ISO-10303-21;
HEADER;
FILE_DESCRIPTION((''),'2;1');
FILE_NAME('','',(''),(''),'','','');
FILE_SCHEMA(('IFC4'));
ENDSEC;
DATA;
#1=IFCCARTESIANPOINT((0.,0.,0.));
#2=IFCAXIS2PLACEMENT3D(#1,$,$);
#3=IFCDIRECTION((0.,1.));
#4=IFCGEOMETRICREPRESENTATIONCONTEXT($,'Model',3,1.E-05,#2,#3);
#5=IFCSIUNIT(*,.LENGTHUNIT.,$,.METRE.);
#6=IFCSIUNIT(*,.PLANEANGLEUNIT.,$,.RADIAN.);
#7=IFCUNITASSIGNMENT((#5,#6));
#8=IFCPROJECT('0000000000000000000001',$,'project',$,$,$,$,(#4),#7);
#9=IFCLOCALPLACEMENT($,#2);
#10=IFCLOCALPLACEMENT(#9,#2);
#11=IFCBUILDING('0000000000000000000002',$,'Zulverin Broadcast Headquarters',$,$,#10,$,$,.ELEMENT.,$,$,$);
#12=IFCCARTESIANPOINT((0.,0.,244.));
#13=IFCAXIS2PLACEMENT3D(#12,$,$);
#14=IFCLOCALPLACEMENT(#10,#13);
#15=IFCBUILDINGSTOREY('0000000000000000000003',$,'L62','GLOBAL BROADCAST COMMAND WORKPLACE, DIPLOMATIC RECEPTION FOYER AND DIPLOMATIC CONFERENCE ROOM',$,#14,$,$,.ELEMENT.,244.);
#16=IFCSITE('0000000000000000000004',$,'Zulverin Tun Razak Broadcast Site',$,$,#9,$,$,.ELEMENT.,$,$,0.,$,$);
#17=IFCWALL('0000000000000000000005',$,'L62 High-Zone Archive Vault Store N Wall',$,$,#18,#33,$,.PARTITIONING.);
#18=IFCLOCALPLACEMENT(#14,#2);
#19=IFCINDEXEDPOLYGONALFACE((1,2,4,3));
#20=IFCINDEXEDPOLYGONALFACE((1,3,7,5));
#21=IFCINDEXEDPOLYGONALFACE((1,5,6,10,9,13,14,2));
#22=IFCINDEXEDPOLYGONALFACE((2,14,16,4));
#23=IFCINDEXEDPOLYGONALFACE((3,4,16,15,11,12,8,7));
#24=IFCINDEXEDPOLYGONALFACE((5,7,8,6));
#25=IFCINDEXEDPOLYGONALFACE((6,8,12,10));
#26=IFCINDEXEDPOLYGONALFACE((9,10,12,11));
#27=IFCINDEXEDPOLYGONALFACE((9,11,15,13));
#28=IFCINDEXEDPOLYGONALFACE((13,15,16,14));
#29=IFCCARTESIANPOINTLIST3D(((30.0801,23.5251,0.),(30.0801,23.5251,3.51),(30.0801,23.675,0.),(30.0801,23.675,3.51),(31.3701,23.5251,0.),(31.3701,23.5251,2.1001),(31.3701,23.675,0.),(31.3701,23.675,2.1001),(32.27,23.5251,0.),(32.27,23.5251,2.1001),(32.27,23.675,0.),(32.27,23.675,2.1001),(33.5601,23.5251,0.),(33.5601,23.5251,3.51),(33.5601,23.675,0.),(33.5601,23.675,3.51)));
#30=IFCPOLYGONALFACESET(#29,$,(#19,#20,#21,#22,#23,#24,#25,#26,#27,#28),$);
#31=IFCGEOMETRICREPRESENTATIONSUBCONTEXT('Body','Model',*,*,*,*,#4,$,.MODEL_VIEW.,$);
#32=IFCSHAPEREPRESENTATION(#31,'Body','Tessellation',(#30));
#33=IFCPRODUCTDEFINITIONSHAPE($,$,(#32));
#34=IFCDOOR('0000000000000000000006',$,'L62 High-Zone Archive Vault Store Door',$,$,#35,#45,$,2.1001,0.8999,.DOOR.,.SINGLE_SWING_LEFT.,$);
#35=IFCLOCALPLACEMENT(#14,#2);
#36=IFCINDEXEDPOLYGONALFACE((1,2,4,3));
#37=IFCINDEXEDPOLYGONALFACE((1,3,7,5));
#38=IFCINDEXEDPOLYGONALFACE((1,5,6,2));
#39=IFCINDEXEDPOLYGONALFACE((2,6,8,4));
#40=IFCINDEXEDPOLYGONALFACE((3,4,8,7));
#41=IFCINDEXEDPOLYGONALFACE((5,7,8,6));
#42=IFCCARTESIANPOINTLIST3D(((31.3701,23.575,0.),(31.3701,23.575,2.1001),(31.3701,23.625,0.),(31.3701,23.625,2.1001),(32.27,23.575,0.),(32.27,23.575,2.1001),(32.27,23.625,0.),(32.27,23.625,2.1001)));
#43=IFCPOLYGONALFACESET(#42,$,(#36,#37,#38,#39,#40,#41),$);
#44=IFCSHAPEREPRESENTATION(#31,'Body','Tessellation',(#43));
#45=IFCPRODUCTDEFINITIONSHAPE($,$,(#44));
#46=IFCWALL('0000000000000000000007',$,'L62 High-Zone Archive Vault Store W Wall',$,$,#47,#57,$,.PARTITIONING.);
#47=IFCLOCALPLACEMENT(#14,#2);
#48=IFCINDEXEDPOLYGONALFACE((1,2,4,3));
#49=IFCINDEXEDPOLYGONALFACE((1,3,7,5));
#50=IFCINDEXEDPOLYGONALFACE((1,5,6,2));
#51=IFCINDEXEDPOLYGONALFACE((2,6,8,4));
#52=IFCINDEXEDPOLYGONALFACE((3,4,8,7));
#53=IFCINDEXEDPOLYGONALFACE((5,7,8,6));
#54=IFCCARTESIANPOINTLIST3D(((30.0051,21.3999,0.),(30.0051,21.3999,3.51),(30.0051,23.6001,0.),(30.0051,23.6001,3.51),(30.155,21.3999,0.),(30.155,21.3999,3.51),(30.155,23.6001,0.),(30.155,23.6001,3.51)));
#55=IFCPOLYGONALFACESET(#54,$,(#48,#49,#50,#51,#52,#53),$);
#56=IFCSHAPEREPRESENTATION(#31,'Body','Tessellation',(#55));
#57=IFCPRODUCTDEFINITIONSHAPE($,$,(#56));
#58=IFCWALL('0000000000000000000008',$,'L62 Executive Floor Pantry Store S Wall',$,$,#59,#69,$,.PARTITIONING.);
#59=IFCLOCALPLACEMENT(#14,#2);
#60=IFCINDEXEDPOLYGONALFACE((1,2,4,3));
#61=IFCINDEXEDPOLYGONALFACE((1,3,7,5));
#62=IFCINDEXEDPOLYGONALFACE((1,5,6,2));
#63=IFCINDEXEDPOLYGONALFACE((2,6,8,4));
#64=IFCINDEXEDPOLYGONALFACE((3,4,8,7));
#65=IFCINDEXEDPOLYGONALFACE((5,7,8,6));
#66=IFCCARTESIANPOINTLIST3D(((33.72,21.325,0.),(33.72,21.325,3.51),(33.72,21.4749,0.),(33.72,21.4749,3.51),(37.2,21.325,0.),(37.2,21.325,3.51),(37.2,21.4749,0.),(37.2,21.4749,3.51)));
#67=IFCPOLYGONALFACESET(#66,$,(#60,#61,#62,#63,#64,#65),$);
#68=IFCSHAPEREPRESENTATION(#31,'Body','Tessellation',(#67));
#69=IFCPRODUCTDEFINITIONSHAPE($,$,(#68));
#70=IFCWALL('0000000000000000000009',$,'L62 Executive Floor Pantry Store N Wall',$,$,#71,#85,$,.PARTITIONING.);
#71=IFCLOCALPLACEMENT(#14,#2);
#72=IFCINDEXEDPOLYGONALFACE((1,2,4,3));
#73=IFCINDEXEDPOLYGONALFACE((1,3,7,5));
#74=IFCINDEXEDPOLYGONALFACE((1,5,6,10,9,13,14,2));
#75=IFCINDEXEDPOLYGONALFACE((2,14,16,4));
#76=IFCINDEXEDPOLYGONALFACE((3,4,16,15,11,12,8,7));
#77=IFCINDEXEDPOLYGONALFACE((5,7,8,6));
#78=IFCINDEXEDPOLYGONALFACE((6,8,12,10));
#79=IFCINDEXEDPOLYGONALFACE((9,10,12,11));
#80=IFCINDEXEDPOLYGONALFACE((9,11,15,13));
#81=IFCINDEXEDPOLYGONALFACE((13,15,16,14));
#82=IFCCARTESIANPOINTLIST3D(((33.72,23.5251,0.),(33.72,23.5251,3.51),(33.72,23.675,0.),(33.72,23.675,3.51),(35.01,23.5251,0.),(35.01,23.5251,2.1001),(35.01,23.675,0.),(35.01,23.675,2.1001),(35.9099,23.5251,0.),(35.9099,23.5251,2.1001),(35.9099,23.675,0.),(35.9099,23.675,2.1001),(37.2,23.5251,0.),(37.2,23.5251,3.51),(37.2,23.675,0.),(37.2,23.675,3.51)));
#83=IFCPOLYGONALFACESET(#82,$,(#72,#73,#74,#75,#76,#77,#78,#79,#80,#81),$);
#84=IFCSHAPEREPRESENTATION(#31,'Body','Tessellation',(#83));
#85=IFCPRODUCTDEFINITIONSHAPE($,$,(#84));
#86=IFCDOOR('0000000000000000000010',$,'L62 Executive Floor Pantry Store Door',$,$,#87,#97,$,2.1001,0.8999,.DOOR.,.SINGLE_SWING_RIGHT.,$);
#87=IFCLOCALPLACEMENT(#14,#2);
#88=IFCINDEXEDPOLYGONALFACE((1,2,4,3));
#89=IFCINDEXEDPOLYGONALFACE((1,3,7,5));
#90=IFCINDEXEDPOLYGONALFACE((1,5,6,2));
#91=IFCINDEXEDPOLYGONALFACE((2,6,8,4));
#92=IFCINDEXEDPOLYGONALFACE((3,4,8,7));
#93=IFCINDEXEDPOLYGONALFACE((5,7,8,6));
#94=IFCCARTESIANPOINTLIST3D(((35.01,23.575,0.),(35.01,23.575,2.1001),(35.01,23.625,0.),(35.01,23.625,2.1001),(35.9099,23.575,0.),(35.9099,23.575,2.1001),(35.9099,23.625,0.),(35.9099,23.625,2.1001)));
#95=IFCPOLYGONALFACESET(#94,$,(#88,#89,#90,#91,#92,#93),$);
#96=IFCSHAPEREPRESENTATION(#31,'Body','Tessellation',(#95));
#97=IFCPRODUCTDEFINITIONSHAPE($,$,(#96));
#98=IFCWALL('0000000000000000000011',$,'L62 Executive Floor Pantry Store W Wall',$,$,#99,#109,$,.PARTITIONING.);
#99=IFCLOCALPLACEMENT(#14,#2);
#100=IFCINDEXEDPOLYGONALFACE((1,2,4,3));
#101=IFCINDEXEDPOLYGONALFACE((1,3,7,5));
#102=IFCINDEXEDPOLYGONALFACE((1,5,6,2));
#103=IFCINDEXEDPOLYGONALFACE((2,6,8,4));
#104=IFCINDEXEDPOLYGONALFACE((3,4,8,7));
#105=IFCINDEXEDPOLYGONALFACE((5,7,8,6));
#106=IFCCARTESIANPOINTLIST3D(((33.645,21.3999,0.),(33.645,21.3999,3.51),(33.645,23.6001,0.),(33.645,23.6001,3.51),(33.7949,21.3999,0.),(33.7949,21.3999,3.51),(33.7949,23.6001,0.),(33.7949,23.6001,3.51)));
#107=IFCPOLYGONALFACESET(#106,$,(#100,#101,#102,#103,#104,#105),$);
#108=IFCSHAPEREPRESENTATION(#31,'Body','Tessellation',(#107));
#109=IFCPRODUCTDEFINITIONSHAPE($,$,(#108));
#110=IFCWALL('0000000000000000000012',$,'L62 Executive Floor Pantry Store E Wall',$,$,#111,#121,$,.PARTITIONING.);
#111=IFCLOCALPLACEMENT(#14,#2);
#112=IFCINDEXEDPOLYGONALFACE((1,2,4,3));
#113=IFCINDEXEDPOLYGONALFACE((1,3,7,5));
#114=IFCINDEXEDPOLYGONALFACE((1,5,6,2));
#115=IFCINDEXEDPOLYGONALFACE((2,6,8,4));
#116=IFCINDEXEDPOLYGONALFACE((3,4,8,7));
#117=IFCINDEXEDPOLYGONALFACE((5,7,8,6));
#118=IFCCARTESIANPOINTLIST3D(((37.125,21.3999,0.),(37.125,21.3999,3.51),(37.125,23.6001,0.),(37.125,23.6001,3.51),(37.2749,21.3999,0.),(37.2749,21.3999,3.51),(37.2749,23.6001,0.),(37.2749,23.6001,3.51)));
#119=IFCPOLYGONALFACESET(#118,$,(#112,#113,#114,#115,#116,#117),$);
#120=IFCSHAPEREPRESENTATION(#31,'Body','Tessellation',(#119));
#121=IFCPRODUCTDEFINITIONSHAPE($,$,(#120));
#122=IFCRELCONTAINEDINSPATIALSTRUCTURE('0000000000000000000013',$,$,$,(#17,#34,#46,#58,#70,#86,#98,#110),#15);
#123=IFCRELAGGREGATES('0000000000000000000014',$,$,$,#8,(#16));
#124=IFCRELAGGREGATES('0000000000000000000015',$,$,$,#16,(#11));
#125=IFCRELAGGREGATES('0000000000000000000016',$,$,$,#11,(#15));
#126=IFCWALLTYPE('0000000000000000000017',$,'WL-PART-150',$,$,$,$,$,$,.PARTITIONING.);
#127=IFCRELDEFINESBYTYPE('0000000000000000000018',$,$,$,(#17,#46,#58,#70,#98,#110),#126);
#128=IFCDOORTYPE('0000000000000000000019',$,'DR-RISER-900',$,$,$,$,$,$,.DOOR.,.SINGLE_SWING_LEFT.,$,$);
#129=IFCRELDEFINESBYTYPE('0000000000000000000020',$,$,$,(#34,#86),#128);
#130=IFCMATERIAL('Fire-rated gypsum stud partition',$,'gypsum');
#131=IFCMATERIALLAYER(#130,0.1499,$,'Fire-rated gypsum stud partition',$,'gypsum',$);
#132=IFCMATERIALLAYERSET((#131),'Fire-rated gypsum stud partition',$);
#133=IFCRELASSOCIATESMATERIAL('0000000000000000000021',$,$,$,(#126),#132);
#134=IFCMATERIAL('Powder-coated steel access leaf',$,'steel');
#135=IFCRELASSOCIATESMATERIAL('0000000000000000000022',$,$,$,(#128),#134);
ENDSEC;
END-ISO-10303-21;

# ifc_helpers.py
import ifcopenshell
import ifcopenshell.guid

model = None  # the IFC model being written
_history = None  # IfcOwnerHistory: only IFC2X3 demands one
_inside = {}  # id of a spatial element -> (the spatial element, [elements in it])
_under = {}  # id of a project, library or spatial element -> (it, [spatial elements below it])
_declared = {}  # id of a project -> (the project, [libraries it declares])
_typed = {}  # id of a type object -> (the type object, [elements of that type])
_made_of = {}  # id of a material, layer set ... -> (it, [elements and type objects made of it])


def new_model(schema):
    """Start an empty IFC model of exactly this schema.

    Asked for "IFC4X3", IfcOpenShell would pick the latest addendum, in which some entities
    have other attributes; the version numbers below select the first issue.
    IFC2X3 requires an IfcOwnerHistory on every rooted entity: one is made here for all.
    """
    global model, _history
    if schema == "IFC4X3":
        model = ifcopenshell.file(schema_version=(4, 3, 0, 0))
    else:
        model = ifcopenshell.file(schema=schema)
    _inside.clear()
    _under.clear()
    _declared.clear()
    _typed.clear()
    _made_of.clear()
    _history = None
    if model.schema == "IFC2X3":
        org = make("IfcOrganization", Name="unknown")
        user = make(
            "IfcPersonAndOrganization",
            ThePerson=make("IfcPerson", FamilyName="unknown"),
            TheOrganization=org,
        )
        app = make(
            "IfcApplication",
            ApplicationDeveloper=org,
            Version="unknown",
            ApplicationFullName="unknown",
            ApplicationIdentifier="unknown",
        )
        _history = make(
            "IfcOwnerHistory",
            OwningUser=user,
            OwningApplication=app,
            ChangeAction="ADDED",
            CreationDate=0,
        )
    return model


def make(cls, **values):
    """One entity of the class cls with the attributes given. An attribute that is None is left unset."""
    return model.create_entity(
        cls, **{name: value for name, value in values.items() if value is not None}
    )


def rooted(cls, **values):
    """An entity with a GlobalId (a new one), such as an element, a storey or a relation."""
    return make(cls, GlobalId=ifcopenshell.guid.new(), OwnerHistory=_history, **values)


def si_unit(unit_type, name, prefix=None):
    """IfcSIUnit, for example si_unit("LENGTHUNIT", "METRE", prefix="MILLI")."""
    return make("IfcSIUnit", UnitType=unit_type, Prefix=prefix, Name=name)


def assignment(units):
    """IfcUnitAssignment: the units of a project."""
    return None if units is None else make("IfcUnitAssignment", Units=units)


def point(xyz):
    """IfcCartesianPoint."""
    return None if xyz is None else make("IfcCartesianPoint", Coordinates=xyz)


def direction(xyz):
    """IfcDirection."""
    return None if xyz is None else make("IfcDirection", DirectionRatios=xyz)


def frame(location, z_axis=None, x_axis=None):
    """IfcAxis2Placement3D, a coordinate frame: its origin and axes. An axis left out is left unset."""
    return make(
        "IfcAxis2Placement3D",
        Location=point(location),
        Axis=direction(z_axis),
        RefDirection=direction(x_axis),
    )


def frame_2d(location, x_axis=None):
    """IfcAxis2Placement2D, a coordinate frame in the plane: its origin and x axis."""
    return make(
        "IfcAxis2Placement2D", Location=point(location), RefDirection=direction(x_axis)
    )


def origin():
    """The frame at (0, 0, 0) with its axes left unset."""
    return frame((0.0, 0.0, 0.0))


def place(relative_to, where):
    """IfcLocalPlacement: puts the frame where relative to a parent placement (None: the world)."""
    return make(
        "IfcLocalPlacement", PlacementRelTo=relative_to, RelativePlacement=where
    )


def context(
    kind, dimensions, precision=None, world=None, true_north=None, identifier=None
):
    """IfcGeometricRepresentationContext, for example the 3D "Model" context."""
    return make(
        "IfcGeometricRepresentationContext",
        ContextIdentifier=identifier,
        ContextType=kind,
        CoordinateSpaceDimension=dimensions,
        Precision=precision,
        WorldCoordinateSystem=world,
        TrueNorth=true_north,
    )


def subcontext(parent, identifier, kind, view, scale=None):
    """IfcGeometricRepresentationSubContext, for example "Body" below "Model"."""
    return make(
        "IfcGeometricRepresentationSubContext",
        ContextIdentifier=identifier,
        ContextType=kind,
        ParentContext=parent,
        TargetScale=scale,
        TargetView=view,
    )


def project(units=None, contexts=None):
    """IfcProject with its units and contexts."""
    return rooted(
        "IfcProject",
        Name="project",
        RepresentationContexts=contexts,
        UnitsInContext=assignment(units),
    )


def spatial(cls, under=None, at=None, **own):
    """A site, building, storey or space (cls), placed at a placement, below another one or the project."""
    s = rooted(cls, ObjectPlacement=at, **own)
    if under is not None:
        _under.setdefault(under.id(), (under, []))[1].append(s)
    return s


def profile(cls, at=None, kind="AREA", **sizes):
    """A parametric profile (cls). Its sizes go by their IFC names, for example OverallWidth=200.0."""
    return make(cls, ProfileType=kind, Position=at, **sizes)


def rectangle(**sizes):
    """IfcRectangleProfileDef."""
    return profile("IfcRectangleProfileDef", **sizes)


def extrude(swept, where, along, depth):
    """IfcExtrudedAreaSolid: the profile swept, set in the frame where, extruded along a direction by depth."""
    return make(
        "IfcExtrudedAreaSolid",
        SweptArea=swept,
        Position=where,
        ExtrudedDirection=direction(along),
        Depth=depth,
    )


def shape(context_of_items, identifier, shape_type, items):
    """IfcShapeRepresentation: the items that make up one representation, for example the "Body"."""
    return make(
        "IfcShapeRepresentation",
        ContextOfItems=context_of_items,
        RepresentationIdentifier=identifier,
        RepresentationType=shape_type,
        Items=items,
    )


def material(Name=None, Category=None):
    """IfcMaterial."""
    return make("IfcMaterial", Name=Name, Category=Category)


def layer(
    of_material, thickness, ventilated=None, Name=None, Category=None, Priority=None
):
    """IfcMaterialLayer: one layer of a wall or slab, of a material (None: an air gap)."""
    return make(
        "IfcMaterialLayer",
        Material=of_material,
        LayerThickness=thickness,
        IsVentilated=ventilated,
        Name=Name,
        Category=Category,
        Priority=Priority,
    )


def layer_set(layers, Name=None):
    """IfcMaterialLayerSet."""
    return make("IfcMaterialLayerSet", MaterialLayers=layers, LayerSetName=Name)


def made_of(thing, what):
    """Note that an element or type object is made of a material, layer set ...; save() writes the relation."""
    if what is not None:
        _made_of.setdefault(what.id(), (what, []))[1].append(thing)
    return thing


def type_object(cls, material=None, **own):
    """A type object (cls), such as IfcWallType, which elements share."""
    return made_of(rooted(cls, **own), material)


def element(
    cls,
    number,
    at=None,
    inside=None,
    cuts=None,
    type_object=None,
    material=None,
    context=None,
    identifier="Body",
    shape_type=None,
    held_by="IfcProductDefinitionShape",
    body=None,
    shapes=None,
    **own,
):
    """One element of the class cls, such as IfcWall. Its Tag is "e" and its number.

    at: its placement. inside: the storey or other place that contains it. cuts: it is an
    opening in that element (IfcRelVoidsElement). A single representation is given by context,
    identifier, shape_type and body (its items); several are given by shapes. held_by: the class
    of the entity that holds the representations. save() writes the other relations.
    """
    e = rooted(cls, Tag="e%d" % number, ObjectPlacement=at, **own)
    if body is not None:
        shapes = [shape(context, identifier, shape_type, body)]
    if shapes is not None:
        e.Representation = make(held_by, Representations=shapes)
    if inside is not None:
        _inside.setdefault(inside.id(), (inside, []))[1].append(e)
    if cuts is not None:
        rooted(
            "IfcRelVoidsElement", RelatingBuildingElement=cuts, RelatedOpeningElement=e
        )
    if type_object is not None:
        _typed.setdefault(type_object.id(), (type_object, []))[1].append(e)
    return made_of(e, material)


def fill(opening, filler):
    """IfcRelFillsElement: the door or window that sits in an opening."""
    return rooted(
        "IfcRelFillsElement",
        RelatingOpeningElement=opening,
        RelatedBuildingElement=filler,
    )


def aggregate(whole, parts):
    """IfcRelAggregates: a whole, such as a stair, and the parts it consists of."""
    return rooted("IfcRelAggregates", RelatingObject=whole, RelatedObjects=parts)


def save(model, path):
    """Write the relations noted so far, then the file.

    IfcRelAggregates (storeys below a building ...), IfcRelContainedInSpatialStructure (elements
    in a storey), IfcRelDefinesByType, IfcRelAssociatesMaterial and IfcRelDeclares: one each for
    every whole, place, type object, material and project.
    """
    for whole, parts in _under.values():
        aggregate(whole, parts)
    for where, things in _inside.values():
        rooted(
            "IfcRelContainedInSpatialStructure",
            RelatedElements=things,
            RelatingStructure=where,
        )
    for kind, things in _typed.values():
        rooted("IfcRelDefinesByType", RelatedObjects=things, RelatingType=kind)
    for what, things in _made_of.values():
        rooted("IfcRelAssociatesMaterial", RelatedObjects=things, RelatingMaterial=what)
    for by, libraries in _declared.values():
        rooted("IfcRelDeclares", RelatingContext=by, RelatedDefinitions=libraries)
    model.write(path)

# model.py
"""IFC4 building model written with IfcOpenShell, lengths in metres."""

from ifc_helpers import new_model, si_unit, direction, frame, frame_2d, origin, place, context, subcontext, project, spatial, rectangle, extrude, material, layer, layer_set, type_object, element, fill, save


model = new_model("IFC4")

# Units and contexts
model_context = context("Model", 3, precision=1e-05, world=origin(), true_north=direction((0.0, 1.0)))
body_context = subcontext(model_context, "Body", "Model", "MODEL_VIEW")
ifc_project = project(units=[si_unit("LENGTHUNIT", "METRE"), si_unit("PLANEANGLEUNIT", "RADIAN")], contexts=[model_context])

# Site, building, storey
site_placement = place(None, origin())
site = spatial("IfcSite", under=ifc_project, at=site_placement, Name="Zulverin Tun Razak Broadcast Site", CompositionType="ELEMENT", RefElevation=0.0)
building_placement = place(site_placement, origin())
building = spatial("IfcBuilding", under=site, at=building_placement, Name="Zulverin Broadcast Headquarters", CompositionType="ELEMENT")
storey_placement = place(building_placement, frame((0.0, 0.0, 244.0)))
storey = spatial("IfcBuildingStorey", under=building, at=storey_placement, Name="L62", Description="GLOBAL BROADCAST COMMAND WORKPLACE, DIPLOMATIC RECEPTION FOYER AND DIPLOMATIC CONFERENCE ROOM", CompositionType="ELEMENT", Elevation=244.0)

# Shared definitions
ifc_material_1 = material(Name="Fire-rated gypsum stud partition", Category="gypsum")
ifc_layer = layer(ifc_material_1, 0.1499, Name="Fire-rated gypsum stud partition", Category="gypsum")
ifc_layer_set = layer_set([ifc_layer], Name="Fire-rated gypsum stud partition")
wall_type = type_object("IfcWallType", Name="WL-PART-150", PredefinedType="PARTITIONING", material=ifc_layer_set)

# Shared definitions
ifc_material_2 = material(Name="Powder-coated steel access leaf", Category="steel")
door_type_1 = type_object("IfcDoorType", Name="DR-RISER-900", OperationType="SINGLE_SWING_LEFT", PredefinedType="DOOR", material=ifc_material_2)

# Wall, opening, door
wall_1_placement = place(storey_placement, frame((30.0801, 23.6001, 0.0), z_axis=(0.0, 0.0, 1.0), x_axis=(1.0, 0.0, 0.0)))
wall_1 = element("IfcWall", 1, at=wall_1_placement, inside=storey, type_object=wall_type, Name="L62 High-Zone Archive Vault Store N Wall", PredefinedType="PARTITIONING", context=body_context, shape_type="SweptSolid", body=[
    extrude(rectangle(XDim=3.48, YDim=0.1499, at=frame_2d((1.74, 0.0))), origin(), (0.0, 0.0, 1.0), 3.51),
])
opening_1_placement = place(wall_1_placement, frame((1.29, 0.0, 0.0)))
opening_1 = element("IfcOpeningElement", 2, at=opening_1_placement, cuts=wall_1, PredefinedType="OPENING", context=body_context, shape_type="SweptSolid", body=[
    extrude(rectangle(XDim=0.8999, YDim=2.1001, at=frame_2d((0.45, 1.05))), frame((0.0, 0.085, 0.0), z_axis=(0.0, -1.0, 0.0), x_axis=(1.0, 0.0, 0.0)), (0.0, 0.0, 1.0), 0.1699),
])
door_1_placement = place(opening_1_placement, origin())
door_1 = element("IfcDoor", 3, at=door_1_placement, inside=storey, type_object=door_type_1, Name="L62 High-Zone Archive Vault Store Door", OperationType="SINGLE_SWING_LEFT", OverallHeight=2.1001, OverallWidth=0.8999, PredefinedType="DOOR", context=body_context, shape_type="SweptSolid", body=[
    extrude(rectangle(XDim=0.8999, YDim=2.1001, at=frame_2d((0.45, 1.05))), frame((0.0, 0.0249, 0.0), z_axis=(0.0, -1.0, 0.0), x_axis=(1.0, 0.0, 0.0)), (0.0, 0.0, 1.0), 0.05),
])
fill(opening_1, door_1)

# Walls
wall_2_placement = place(storey_placement, frame((30.0801, 21.3999, 0.0), z_axis=(0.0, 0.0, 1.0), x_axis=(0.0, 1.0, 0.0)))
element("IfcWall", 4, at=wall_2_placement, inside=storey, type_object=wall_type, Name="L62 High-Zone Archive Vault Store W Wall", PredefinedType="PARTITIONING", context=body_context, shape_type="SweptSolid", body=[
    extrude(rectangle(XDim=2.2002, YDim=0.1499, at=frame_2d((1.1001, 0.0))), origin(), (0.0, 0.0, 1.0), 3.51),
])
wall_3_placement = place(storey_placement, frame((33.72, 21.3999, 0.0), z_axis=(0.0, 0.0, 1.0), x_axis=(1.0, 0.0, 0.0)))
element("IfcWall", 5, at=wall_3_placement, inside=storey, type_object=wall_type, Name="L62 Executive Floor Pantry Store S Wall", PredefinedType="PARTITIONING", context=body_context, shape_type="SweptSolid", body=[
    extrude(rectangle(XDim=3.48, YDim=0.1499, at=frame_2d((1.74, 0.0))), origin(), (0.0, 0.0, 1.0), 3.51),
])

# Wall, opening, door
wall_4_placement = place(storey_placement, frame((33.72, 23.6001, 0.0), z_axis=(0.0, 0.0, 1.0), x_axis=(1.0, 0.0, 0.0)))
wall_4 = element("IfcWall", 6, at=wall_4_placement, inside=storey, type_object=wall_type, Name="L62 Executive Floor Pantry Store N Wall", PredefinedType="PARTITIONING", context=body_context, shape_type="SweptSolid", body=[
    extrude(rectangle(XDim=3.48, YDim=0.1499, at=frame_2d((1.74, 0.0))), origin(), (0.0, 0.0, 1.0), 3.51),
])
opening_2_placement = place(wall_4_placement, frame((1.29, 0.0, 0.0)))
opening_2 = element("IfcOpeningElement", 7, at=opening_2_placement, cuts=wall_4, PredefinedType="OPENING", context=body_context, shape_type="SweptSolid", body=[
    extrude(rectangle(XDim=0.8999, YDim=2.1001, at=frame_2d((0.45, 1.05))), frame((0.0, 0.085, 0.0), z_axis=(0.0, -1.0, 0.0), x_axis=(1.0, 0.0, 0.0)), (0.0, 0.0, 1.0), 0.1699),
])
door_2_placement = place(opening_2_placement, origin())
door_2 = element("IfcDoor", 8, at=door_2_placement, inside=storey, type_object=door_type_1, Name="L62 Executive Floor Pantry Store Door", OperationType="SINGLE_SWING_RIGHT", OverallHeight=2.1001, OverallWidth=0.8999, PredefinedType="DOOR", context=body_context, shape_type="SweptSolid", body=[
    extrude(rectangle(XDim=0.8999, YDim=2.1001, at=frame_2d((0.45, 1.05))), frame((0.0, 0.0249, 0.0), z_axis=(0.0, -1.0, 0.0), x_axis=(1.0, 0.0, 0.0)), (0.0, 0.0, 1.0), 0.05),
])
fill(opening_2, door_2)

# Walls
for number, where, z_axis, x_axis, name in (
    (9, (33.72, 21.3999, 0.0), (0.0, 0.0, 1.0), (0.0, 1.0, 0.0), "L62 Executive Floor Pantry Store W Wall"),
    (10, (37.2, 21.3999, 0.0), (0.0, 0.0, 1.0), (0.0, 1.0, 0.0), "L62 Executive Floor Pantry Store E Wall"),
):
    element("IfcWall", number, at=place(storey_placement, frame(where, z_axis=z_axis, x_axis=x_axis)), inside=storey, type_object=wall_type, Name=name, PredefinedType="PARTITIONING", context=body_context, shape_type="SweptSolid", body=[
        extrude(rectangle(XDim=2.2002, YDim=0.1499, at=frame_2d((1.1001, 0.0))), origin(), (0.0, 0.0, 1.0), 3.51),
    ])

save(model, "model.ifc")
